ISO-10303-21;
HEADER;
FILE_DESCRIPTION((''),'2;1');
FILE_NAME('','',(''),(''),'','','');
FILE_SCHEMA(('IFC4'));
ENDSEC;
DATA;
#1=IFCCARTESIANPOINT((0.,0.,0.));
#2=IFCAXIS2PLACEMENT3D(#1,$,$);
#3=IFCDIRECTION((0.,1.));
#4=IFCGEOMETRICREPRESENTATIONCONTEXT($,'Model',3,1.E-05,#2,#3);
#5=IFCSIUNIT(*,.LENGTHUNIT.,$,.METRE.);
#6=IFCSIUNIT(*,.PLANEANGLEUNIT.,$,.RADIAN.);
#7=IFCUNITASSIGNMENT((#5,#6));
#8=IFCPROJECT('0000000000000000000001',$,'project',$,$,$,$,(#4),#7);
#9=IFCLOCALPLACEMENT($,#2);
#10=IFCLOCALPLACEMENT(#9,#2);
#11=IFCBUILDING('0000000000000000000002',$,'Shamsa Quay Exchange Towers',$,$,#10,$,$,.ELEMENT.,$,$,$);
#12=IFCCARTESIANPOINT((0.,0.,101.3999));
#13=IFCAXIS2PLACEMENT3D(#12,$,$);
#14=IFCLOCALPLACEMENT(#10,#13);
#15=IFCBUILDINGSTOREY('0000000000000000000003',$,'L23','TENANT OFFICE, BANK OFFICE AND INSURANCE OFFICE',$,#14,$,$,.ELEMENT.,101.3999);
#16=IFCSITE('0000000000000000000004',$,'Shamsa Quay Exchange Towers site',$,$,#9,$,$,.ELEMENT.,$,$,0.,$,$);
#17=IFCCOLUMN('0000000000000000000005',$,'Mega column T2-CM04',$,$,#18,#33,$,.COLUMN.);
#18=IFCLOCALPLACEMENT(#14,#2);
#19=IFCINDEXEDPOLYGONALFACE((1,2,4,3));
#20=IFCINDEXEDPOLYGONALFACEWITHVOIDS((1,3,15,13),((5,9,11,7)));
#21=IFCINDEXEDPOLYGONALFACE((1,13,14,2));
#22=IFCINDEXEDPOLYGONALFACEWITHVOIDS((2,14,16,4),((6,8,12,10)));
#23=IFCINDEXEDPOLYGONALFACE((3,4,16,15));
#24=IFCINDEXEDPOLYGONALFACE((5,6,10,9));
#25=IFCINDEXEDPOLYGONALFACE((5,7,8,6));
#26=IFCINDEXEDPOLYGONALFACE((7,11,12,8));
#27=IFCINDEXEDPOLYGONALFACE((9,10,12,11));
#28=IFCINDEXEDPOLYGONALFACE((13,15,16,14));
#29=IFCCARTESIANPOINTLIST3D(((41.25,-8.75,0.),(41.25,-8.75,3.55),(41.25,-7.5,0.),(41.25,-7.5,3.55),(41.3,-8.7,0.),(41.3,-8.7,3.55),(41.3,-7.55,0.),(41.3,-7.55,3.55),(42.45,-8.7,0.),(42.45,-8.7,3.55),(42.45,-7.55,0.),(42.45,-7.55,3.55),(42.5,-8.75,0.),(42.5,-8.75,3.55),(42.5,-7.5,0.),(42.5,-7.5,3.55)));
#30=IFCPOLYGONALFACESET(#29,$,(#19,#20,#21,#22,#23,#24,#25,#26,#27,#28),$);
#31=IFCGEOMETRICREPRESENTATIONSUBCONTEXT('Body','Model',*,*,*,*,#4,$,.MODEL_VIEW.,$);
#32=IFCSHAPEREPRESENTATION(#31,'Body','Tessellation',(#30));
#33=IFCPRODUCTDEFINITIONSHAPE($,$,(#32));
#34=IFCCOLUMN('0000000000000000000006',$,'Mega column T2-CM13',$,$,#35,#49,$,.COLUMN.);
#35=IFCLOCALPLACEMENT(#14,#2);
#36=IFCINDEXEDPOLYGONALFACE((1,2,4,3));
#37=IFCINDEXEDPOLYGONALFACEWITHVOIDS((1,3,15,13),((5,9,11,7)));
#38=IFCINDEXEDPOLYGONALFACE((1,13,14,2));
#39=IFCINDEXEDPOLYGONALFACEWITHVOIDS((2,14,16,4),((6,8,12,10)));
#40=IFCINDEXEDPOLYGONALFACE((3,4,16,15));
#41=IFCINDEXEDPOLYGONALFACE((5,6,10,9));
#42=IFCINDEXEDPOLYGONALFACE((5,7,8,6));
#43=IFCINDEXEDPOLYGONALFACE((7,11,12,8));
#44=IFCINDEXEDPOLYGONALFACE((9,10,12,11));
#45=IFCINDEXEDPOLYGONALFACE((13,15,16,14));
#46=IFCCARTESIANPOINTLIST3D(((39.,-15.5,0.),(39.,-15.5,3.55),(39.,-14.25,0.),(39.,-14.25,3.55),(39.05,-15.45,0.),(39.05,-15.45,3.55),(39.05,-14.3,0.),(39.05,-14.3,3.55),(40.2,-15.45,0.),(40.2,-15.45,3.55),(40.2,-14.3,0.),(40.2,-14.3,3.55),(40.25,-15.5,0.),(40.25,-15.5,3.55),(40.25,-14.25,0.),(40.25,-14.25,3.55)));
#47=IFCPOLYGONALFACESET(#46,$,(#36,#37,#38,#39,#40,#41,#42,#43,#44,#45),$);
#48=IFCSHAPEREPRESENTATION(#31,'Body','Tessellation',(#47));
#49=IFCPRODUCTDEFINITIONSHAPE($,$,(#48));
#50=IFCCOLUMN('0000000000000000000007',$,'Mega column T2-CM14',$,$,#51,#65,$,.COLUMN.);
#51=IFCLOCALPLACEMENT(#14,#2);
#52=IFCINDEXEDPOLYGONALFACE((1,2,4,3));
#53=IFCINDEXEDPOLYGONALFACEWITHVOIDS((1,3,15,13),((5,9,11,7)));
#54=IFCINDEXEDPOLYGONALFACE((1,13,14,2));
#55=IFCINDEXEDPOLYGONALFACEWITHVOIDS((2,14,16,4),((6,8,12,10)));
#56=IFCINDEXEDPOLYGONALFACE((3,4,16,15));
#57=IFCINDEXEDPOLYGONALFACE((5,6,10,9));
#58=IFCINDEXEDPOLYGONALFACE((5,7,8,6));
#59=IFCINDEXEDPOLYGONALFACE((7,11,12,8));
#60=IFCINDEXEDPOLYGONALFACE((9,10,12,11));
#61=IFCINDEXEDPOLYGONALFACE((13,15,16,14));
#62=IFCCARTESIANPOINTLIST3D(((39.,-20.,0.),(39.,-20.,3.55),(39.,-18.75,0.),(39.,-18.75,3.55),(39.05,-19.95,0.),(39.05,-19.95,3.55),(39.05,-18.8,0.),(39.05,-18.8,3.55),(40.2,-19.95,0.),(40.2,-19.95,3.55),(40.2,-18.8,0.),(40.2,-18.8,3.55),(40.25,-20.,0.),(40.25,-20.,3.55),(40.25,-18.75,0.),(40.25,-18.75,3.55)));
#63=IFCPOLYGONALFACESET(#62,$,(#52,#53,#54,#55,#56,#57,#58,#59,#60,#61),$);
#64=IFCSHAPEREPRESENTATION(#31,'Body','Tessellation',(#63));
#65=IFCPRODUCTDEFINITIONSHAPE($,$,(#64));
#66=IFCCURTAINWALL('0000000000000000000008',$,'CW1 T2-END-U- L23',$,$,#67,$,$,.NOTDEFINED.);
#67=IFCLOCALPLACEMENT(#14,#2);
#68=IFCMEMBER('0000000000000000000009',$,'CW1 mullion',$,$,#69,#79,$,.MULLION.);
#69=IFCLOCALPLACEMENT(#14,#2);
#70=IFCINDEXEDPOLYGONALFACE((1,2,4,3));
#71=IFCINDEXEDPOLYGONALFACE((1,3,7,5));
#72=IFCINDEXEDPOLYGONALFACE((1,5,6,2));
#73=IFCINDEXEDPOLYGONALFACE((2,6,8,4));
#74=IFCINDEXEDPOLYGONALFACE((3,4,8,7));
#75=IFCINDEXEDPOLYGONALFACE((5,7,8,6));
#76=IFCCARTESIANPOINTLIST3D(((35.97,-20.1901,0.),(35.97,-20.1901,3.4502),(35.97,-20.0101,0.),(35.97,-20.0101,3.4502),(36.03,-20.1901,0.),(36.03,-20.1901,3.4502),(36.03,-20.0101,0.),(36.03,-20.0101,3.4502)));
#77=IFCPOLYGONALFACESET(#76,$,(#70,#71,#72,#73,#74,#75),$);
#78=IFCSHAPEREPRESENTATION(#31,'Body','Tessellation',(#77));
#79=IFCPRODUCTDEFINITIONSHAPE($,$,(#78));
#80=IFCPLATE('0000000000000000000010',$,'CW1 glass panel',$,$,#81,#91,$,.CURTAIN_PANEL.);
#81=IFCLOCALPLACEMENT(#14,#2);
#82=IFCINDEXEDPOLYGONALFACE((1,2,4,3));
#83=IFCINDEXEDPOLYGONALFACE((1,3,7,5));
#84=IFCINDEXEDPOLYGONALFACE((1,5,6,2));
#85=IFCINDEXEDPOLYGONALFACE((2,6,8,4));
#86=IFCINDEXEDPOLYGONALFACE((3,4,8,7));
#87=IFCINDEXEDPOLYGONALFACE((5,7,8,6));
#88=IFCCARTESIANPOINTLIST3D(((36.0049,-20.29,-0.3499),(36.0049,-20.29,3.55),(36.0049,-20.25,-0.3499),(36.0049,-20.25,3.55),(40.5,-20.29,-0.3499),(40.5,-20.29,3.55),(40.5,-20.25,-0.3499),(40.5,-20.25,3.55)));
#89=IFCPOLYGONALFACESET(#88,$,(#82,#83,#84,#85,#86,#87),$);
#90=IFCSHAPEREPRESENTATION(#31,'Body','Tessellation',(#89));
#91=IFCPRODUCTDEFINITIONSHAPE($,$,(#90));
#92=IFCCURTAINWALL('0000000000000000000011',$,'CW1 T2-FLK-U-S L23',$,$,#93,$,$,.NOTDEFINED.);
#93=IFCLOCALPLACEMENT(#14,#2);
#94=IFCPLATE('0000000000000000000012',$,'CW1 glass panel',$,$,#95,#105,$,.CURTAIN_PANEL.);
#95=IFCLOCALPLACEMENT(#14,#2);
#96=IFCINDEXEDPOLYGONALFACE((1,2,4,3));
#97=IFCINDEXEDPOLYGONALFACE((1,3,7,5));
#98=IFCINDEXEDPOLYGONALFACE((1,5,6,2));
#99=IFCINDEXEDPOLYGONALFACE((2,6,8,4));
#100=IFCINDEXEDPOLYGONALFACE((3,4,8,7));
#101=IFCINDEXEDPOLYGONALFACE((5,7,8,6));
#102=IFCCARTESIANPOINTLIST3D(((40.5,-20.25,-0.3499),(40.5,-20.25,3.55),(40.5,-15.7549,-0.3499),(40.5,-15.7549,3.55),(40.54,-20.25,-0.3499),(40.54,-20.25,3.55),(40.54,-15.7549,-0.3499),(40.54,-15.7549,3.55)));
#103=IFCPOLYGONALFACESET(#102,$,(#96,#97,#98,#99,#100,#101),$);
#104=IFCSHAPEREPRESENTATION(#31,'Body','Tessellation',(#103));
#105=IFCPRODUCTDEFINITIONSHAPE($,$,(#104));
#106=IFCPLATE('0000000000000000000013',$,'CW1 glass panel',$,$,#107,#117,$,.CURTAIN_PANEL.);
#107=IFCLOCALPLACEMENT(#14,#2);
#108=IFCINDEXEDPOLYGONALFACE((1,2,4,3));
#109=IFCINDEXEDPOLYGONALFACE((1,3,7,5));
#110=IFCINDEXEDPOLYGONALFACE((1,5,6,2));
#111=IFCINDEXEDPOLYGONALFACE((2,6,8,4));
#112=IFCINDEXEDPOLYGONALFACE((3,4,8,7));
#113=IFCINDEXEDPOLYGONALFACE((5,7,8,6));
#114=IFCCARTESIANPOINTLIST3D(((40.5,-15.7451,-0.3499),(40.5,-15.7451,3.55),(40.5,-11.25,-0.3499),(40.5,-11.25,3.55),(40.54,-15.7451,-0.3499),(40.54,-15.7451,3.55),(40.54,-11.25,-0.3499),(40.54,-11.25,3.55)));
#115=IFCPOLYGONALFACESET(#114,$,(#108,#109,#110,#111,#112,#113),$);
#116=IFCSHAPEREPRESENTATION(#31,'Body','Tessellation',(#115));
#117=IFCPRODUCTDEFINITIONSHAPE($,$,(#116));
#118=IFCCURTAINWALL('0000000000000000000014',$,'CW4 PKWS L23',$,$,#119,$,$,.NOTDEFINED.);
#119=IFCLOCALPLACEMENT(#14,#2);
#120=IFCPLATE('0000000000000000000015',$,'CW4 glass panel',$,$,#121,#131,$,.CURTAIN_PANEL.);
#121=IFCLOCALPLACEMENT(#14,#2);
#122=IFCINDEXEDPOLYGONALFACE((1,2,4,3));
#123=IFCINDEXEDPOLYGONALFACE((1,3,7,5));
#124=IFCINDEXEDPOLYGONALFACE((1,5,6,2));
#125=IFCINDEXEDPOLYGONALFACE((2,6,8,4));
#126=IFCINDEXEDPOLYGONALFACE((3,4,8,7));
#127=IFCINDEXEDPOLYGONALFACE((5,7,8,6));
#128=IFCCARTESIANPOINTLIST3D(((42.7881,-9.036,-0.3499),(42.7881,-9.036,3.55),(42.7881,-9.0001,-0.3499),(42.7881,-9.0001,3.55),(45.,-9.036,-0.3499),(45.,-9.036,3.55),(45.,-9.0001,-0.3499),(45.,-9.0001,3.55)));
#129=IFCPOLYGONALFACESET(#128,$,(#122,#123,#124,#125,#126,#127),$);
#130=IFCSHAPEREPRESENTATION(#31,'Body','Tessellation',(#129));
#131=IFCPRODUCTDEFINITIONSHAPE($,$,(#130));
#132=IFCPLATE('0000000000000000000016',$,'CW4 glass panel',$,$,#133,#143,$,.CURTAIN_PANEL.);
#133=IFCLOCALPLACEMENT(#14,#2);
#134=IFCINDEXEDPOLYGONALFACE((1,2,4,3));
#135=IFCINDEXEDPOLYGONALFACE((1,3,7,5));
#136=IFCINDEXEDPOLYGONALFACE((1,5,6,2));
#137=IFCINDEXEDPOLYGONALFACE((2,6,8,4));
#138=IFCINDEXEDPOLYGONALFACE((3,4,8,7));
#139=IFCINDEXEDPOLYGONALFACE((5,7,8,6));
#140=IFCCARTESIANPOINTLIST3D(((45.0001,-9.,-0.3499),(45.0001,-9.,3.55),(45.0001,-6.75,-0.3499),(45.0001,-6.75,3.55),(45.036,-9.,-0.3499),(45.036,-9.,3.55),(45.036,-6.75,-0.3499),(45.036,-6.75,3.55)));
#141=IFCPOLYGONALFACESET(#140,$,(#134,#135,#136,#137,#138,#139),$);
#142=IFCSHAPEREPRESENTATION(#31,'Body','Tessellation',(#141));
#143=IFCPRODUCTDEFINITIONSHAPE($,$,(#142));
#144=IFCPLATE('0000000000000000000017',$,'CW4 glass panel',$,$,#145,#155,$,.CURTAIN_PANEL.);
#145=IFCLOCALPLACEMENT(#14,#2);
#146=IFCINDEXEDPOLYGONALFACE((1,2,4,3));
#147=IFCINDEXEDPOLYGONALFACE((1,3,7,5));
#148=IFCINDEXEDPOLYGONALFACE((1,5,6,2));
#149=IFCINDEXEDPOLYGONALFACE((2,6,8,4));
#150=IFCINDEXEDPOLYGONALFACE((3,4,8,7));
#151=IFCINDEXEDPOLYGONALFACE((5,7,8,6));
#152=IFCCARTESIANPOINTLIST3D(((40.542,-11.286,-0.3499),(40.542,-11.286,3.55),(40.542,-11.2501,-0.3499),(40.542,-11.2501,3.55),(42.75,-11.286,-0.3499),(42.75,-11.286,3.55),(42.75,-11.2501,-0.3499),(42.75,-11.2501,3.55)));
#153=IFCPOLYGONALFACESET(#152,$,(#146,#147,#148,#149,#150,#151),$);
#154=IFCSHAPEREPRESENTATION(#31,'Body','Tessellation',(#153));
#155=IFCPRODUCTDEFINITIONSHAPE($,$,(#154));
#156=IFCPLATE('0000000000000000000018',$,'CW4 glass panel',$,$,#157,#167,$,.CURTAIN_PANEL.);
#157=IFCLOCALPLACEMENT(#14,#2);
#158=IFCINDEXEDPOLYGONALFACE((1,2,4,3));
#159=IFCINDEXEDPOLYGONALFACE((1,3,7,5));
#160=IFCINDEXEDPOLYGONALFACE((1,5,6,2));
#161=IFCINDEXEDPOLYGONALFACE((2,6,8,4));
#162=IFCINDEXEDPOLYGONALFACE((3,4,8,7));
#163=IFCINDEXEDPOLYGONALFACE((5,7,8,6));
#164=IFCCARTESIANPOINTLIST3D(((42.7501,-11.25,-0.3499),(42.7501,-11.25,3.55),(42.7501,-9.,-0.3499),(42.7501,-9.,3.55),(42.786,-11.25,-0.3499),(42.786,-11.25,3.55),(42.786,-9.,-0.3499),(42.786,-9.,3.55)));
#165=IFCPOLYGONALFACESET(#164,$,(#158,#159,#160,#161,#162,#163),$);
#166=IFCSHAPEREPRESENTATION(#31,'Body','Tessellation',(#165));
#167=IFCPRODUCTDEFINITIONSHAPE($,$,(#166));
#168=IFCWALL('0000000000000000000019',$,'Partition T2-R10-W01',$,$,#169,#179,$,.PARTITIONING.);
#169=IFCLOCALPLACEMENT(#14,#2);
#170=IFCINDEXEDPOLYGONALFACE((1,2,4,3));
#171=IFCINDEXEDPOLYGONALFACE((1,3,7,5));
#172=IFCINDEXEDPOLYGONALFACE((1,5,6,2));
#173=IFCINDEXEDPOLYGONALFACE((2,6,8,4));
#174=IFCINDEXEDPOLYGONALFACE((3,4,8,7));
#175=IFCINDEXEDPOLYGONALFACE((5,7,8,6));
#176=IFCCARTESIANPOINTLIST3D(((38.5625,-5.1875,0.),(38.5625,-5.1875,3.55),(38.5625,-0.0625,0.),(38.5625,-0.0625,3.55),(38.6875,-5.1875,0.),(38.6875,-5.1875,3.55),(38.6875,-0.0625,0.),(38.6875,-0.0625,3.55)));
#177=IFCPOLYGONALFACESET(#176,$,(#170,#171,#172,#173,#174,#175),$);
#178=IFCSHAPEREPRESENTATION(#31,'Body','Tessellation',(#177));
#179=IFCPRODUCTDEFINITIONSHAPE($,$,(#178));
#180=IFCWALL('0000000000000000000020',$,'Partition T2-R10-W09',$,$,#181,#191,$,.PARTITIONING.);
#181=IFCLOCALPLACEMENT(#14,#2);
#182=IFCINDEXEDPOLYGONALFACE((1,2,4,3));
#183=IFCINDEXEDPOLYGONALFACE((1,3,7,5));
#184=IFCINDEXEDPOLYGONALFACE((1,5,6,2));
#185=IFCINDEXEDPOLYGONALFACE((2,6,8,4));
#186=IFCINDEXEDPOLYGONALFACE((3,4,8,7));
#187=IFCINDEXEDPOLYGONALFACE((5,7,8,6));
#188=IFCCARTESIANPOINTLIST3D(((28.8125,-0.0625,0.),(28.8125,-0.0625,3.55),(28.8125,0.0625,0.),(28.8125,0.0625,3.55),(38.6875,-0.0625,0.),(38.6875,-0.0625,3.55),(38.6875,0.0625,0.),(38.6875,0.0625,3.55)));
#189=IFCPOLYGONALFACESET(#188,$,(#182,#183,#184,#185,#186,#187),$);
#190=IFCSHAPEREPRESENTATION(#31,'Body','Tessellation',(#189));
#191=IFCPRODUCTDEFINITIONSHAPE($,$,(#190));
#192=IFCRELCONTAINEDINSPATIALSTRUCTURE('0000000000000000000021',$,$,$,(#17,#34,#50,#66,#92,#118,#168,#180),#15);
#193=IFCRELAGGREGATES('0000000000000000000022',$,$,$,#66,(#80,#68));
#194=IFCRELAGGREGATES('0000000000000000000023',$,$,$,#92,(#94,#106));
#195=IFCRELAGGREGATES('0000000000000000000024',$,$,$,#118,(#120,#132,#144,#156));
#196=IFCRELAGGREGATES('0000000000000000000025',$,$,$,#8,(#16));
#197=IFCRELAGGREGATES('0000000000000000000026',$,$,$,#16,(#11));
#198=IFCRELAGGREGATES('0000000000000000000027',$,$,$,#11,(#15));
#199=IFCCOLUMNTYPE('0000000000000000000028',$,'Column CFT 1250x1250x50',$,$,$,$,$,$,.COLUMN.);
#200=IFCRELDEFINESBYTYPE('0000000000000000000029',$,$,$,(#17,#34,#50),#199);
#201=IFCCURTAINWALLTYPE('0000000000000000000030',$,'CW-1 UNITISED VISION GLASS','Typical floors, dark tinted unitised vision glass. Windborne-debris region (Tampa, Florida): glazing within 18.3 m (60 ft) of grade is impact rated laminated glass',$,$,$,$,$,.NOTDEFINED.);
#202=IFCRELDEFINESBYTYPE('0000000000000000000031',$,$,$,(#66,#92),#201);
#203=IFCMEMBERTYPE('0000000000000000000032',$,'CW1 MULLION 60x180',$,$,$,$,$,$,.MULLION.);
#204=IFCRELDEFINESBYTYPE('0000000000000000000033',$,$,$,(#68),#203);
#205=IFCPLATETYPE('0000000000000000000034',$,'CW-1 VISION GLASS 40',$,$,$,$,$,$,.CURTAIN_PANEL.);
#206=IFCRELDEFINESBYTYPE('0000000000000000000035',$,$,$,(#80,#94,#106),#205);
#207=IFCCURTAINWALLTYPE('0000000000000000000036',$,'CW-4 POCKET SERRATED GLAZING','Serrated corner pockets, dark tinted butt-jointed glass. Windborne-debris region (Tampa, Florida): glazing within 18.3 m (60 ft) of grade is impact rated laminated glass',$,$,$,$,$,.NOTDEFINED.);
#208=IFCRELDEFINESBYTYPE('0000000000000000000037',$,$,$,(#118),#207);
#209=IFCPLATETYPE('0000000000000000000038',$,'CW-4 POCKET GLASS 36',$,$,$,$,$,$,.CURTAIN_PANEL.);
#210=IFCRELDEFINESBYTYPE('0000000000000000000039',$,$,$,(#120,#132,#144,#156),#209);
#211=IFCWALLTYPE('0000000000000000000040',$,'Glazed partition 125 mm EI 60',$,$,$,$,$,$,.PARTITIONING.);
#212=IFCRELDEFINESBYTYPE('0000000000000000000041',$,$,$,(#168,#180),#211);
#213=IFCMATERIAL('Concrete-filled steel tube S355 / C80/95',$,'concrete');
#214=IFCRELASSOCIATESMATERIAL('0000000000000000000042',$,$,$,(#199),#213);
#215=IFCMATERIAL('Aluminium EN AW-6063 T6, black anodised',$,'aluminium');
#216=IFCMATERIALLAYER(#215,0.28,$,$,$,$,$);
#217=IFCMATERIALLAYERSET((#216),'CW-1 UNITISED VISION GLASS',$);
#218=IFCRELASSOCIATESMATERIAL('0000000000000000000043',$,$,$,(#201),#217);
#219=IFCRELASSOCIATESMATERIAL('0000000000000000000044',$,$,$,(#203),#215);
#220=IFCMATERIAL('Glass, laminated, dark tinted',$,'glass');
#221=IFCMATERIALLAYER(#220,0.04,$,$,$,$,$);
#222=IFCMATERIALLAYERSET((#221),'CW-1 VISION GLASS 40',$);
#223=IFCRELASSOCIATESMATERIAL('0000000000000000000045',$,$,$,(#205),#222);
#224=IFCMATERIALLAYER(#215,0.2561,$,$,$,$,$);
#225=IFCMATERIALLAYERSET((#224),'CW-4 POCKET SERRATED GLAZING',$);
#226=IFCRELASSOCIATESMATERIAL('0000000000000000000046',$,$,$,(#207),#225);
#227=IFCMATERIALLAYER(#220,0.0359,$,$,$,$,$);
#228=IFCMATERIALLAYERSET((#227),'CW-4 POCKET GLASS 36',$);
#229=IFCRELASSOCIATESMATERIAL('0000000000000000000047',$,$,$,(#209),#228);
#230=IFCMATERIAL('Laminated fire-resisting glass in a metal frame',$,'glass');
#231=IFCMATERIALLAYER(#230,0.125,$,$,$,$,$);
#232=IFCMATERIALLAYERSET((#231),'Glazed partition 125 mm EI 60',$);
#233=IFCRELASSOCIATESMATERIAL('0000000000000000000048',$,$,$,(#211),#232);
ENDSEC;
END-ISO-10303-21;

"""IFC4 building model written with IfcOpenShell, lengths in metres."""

from ifc_helpers import new_model, si_unit, direction, frame, frame_2d, origin, origin_2d, place, context, subcontext, project, spatial, rectangle, hollow_rectangle, extrude, material, layer, layer_set, material_profile, profile_set, type_object, element, aggregate, save


model = new_model("IFC4")

# Units and contexts
model_context = context("Model", 3, precision=1e-05, world=origin(), true_north=direction((0.0, 1.0)))
body_context = subcontext(model_context, "Body", "Model", "MODEL_VIEW")
ifc_project = project(units=[si_unit("LENGTHUNIT", "METRE"), si_unit("PLANEANGLEUNIT", "RADIAN")], contexts=[model_context])

# Site, building, storey
site_placement = place(None, origin())
site = spatial("IfcSite", under=ifc_project, at=site_placement, Name="Shamsa Quay Exchange Towers site", CompositionType="ELEMENT", RefElevation=0.0)
building_placement = place(site_placement, origin())
building = spatial("IfcBuilding", under=site, at=building_placement, Name="Shamsa Quay Exchange Towers", CompositionType="ELEMENT")
storey_placement = place(building_placement, frame((0.0, 0.0, 101.3999)))
storey = spatial("IfcBuildingStorey", under=building, at=storey_placement, Name="L23", Description="TENANT OFFICE, BANK OFFICE AND INSURANCE OFFICE", CompositionType="ELEMENT", Elevation=101.3999)

# Columns
ifc_material_1 = material(Name="Concrete-filled steel tube S355 / C80/95", Category="concrete")
ifc_material_profile_1 = material_profile(ifc_material_1, hollow_rectangle(XDim=1.25, YDim=1.25, WallThickness=0.05, at=origin_2d()), Name="CFT 1250x1250x50")
ifc_profile_set_1 = profile_set([ifc_material_profile_1], Name="Concrete-filled steel tube S355 / C80/95")
column_type = type_object("IfcColumnType", Name="Column CFT 1250x1250x50", PredefinedType="COLUMN", material=ifc_profile_set_1)
for number, where, name in (
    (1, (41.875, -8.125, 0.0), "Mega column T2-CM04"),
    (2, (39.625, -14.875, 0.0), "Mega column T2-CM13"),
    (3, (39.625, -19.375, 0.0), "Mega column T2-CM14"),
):
    element("IfcColumn", number, at=place(storey_placement, frame(where)), inside=storey, type_object=column_type, Name=name, PredefinedType="COLUMN", context=body_context, shape_type="SweptSolid", body=[
        extrude(hollow_rectangle(XDim=1.25, YDim=1.25, WallThickness=0.05, at=origin_2d()), origin(), (0.0, 0.0, 1.0), 3.55),
    ])

# Curtain wall, member, plate
ifc_material_2 = material(Name="Aluminium EN AW-6063 T6, black anodised", Category="aluminium")
ifc_layer_1 = layer(ifc_material_2, 0.28)
ifc_layer_set_1 = layer_set([ifc_layer_1], Name="CW-1 UNITISED VISION GLASS")
curtain_wall_type_1 = type_object("IfcCurtainWallType", Name="CW-1 UNITISED VISION GLASS", Description="Typical floors, dark tinted unitised vision glass. Windborne-debris region (Tampa, Florida): glazing within 18.3 m (60 ft) of grade is impact rated laminated glass", PredefinedType="NOTDEFINED", material=ifc_layer_set_1)
curtain_wall_1_placement = place(storey_placement, origin())
curtain_wall_1 = element("IfcCurtainWall", 4, at=curtain_wall_1_placement, inside=storey, type_object=curtain_wall_type_1, Name="CW1 T2-END-U- L23", PredefinedType="NOTDEFINED")
ifc_material_profile_2 = material_profile(ifc_material_2, rectangle(XDim=0.1799, YDim=0.0601, at=origin_2d()), Name="MU60x180")
ifc_profile_set_2 = profile_set([ifc_material_profile_2], Name="Aluminium EN AW-6063 T6, black anodised")
member_type = type_object("IfcMemberType", Name="CW1 MULLION 60x180", PredefinedType="MULLION", material=ifc_profile_set_2)
member_placement = place(storey_placement, frame((36.0, -20.1001, 0.0), z_axis=(0.0, 0.0, 1.0), x_axis=(0.0, 1.0, 0.0)))
member = element("IfcMember", 5, at=member_placement, type_object=member_type, Name="CW1 mullion", PredefinedType="MULLION", context=body_context, shape_type="SweptSolid", body=[
    extrude(rectangle(XDim=0.1799, YDim=0.0601, at=origin_2d()), origin(), (0.0, 0.0, 1.0), 3.4502),
])
ifc_material_3 = material(Name="Glass, laminated, dark tinted", Category="glass")
ifc_layer_2 = layer(ifc_material_3, 0.04)
ifc_layer_set_2 = layer_set([ifc_layer_2], Name="CW-1 VISION GLASS 40")
plate_type_1 = type_object("IfcPlateType", Name="CW-1 VISION GLASS 40", PredefinedType="CURTAIN_PANEL", material=ifc_layer_set_2)
plate_1_placement = place(storey_placement, frame((38.2524, -20.27, -0.3499)))
plate_1 = element("IfcPlate", 6, at=plate_1_placement, type_object=plate_type_1, Name="CW1 glass panel", PredefinedType="CURTAIN_PANEL", context=body_context, shape_type="SweptSolid", body=[
    extrude(rectangle(XDim=4.4951, YDim=0.04, at=origin_2d()), origin(), (0.0, 0.0, 1.0), 3.8999),
])
aggregate(curtain_wall_1, [plate_1, member])

# Curtain walls, plates
curtain_wall_2_placement = place(storey_placement, origin())
curtain_wall_2 = element("IfcCurtainWall", 7, at=curtain_wall_2_placement, inside=storey, type_object=curtain_wall_type_1, Name="CW1 T2-FLK-U-S L23", PredefinedType="NOTDEFINED")
plate_2_placement = place(storey_placement, frame((40.52, -18.0024, -0.3499), z_axis=(0.0, 0.0, 1.0), x_axis=(0.0, 1.0, 0.0)))
plate_2 = element("IfcPlate", 8, at=plate_2_placement, type_object=plate_type_1, Name="CW1 glass panel", PredefinedType="CURTAIN_PANEL", context=body_context, shape_type="SweptSolid", body=[
    extrude(rectangle(XDim=4.4951, YDim=0.04, at=origin_2d()), origin(), (0.0, 0.0, 1.0), 3.8999),
])
plate_3_placement = place(storey_placement, frame((40.52, -13.4976, -0.3499), z_axis=(0.0, 0.0, 1.0), x_axis=(0.0, 1.0, 0.0)))
plate_3 = element("IfcPlate", 9, at=plate_3_placement, type_object=plate_type_1, Name="CW1 glass panel", PredefinedType="CURTAIN_PANEL", context=body_context, shape_type="SweptSolid", body=[
    extrude(rectangle(XDim=4.4951, YDim=0.04, at=origin_2d()), origin(), (0.0, 0.0, 1.0), 3.8999),
])
aggregate(curtain_wall_2, [plate_2, plate_3])
ifc_layer_3 = layer(ifc_material_2, 0.2561)
ifc_layer_set_3 = layer_set([ifc_layer_3], Name="CW-4 POCKET SERRATED GLAZING")
curtain_wall_type_2 = type_object("IfcCurtainWallType", Name="CW-4 POCKET SERRATED GLAZING", Description="Serrated corner pockets, dark tinted butt-jointed glass. Windborne-debris region (Tampa, Florida): glazing within 18.3 m (60 ft) of grade is impact rated laminated glass", PredefinedType="NOTDEFINED", material=ifc_layer_set_3)
curtain_wall_3_placement = place(storey_placement, origin())
curtain_wall_3 = element("IfcCurtainWall", 10, at=curtain_wall_3_placement, inside=storey, type_object=curtain_wall_type_2, Name="CW4 PKWS L23", PredefinedType="NOTDEFINED")
ifc_layer_4 = layer(ifc_material_3, 0.0359)
ifc_layer_set_4 = layer_set([ifc_layer_4], Name="CW-4 POCKET GLASS 36")
plate_type_2 = type_object("IfcPlateType", Name="CW-4 POCKET GLASS 36", PredefinedType="CURTAIN_PANEL", material=ifc_layer_set_4)
plate_4_placement = place(storey_placement, frame((43.894, -9.0181, -0.3499)))
plate_4 = element("IfcPlate", 11, at=plate_4_placement, type_object=plate_type_2, Name="CW4 glass panel", PredefinedType="CURTAIN_PANEL", context=body_context, shape_type="SweptSolid", body=[
    extrude(rectangle(XDim=2.2119, YDim=0.0359, at=origin_2d()), origin(), (0.0, 0.0, 1.0), 3.8999),
])
plate_5_placement = place(storey_placement, frame((45.0181, -7.875, -0.3499), z_axis=(0.0, 0.0, 1.0), x_axis=(0.0, 1.0, 0.0)))
plate_5 = element("IfcPlate", 12, at=plate_5_placement, type_object=plate_type_2, Name="CW4 glass panel", PredefinedType="CURTAIN_PANEL", context=body_context, shape_type="SweptSolid", body=[
    extrude(rectangle(XDim=2.25, YDim=0.0359, at=origin_2d()), origin(), (0.0, 0.0, 1.0), 3.8999),
])
plate_6_placement = place(storey_placement, frame((41.646, -11.2681, -0.3499)))
plate_6 = element("IfcPlate", 13, at=plate_6_placement, type_object=plate_type_2, Name="CW4 glass panel", PredefinedType="CURTAIN_PANEL", context=body_context, shape_type="SweptSolid", body=[
    extrude(rectangle(XDim=2.208, YDim=0.0359, at=origin_2d()), origin(), (0.0, 0.0, 1.0), 3.8999),
])
plate_7_placement = place(storey_placement, frame((42.7681, -10.125, -0.3499), z_axis=(0.0, 0.0, 1.0), x_axis=(0.0, 1.0, 0.0)))
plate_7 = element("IfcPlate", 14, at=plate_7_placement, type_object=plate_type_2, Name="CW4 glass panel", PredefinedType="CURTAIN_PANEL", context=body_context, shape_type="SweptSolid", body=[
    extrude(rectangle(XDim=2.25, YDim=0.0359, at=origin_2d()), origin(), (0.0, 0.0, 1.0), 3.8999),
])
aggregate(curtain_wall_3, [plate_4, plate_5, plate_6, plate_7])

# Walls
ifc_material_4 = material(Name="Laminated fire-resisting glass in a metal frame", Category="glass")
ifc_layer_5 = layer(ifc_material_4, 0.125)
ifc_layer_set_5 = layer_set([ifc_layer_5], Name="Glazed partition 125 mm EI 60")
wall_type_1 = type_object("IfcWallType", Name="Glazed partition 125 mm EI 60", PredefinedType="PARTITIONING", material=ifc_layer_set_5)
wall_1_placement = place(storey_placement, frame((38.625, -5.1875, 0.0), z_axis=(0.0, 0.0, 1.0), x_axis=(0.0, 1.0, 0.0)))
element("IfcWall", 15, at=wall_1_placement, inside=storey, type_object=wall_type_1, Name="Partition T2-R10-W01", PredefinedType="PARTITIONING", context=body_context, shape_type="SweptSolid", body=[
    extrude(rectangle(XDim=5.125, YDim=0.125, at=frame_2d((2.5625, 0.0))), origin(), (0.0, 0.0, 1.0), 3.55),
])
wall_2_placement = place(storey_placement, frame((38.6875, 0.0, 0.0), z_axis=(0.0, 0.0, 1.0), x_axis=(-1.0, 0.0, 0.0)))
element("IfcWall", 16, at=wall_2_placement, inside=storey, type_object=wall_type_1, Name="Partition T2-R10-W09", PredefinedType="PARTITIONING", context=body_context, shape_type="SweptSolid", body=[
    extrude(rectangle(XDim=9.875, YDim=0.125, at=frame_2d((4.9375, 0.0))), origin(), (0.0, 0.0, 1.0), 3.55),
])

save(model, "model.ifc")
